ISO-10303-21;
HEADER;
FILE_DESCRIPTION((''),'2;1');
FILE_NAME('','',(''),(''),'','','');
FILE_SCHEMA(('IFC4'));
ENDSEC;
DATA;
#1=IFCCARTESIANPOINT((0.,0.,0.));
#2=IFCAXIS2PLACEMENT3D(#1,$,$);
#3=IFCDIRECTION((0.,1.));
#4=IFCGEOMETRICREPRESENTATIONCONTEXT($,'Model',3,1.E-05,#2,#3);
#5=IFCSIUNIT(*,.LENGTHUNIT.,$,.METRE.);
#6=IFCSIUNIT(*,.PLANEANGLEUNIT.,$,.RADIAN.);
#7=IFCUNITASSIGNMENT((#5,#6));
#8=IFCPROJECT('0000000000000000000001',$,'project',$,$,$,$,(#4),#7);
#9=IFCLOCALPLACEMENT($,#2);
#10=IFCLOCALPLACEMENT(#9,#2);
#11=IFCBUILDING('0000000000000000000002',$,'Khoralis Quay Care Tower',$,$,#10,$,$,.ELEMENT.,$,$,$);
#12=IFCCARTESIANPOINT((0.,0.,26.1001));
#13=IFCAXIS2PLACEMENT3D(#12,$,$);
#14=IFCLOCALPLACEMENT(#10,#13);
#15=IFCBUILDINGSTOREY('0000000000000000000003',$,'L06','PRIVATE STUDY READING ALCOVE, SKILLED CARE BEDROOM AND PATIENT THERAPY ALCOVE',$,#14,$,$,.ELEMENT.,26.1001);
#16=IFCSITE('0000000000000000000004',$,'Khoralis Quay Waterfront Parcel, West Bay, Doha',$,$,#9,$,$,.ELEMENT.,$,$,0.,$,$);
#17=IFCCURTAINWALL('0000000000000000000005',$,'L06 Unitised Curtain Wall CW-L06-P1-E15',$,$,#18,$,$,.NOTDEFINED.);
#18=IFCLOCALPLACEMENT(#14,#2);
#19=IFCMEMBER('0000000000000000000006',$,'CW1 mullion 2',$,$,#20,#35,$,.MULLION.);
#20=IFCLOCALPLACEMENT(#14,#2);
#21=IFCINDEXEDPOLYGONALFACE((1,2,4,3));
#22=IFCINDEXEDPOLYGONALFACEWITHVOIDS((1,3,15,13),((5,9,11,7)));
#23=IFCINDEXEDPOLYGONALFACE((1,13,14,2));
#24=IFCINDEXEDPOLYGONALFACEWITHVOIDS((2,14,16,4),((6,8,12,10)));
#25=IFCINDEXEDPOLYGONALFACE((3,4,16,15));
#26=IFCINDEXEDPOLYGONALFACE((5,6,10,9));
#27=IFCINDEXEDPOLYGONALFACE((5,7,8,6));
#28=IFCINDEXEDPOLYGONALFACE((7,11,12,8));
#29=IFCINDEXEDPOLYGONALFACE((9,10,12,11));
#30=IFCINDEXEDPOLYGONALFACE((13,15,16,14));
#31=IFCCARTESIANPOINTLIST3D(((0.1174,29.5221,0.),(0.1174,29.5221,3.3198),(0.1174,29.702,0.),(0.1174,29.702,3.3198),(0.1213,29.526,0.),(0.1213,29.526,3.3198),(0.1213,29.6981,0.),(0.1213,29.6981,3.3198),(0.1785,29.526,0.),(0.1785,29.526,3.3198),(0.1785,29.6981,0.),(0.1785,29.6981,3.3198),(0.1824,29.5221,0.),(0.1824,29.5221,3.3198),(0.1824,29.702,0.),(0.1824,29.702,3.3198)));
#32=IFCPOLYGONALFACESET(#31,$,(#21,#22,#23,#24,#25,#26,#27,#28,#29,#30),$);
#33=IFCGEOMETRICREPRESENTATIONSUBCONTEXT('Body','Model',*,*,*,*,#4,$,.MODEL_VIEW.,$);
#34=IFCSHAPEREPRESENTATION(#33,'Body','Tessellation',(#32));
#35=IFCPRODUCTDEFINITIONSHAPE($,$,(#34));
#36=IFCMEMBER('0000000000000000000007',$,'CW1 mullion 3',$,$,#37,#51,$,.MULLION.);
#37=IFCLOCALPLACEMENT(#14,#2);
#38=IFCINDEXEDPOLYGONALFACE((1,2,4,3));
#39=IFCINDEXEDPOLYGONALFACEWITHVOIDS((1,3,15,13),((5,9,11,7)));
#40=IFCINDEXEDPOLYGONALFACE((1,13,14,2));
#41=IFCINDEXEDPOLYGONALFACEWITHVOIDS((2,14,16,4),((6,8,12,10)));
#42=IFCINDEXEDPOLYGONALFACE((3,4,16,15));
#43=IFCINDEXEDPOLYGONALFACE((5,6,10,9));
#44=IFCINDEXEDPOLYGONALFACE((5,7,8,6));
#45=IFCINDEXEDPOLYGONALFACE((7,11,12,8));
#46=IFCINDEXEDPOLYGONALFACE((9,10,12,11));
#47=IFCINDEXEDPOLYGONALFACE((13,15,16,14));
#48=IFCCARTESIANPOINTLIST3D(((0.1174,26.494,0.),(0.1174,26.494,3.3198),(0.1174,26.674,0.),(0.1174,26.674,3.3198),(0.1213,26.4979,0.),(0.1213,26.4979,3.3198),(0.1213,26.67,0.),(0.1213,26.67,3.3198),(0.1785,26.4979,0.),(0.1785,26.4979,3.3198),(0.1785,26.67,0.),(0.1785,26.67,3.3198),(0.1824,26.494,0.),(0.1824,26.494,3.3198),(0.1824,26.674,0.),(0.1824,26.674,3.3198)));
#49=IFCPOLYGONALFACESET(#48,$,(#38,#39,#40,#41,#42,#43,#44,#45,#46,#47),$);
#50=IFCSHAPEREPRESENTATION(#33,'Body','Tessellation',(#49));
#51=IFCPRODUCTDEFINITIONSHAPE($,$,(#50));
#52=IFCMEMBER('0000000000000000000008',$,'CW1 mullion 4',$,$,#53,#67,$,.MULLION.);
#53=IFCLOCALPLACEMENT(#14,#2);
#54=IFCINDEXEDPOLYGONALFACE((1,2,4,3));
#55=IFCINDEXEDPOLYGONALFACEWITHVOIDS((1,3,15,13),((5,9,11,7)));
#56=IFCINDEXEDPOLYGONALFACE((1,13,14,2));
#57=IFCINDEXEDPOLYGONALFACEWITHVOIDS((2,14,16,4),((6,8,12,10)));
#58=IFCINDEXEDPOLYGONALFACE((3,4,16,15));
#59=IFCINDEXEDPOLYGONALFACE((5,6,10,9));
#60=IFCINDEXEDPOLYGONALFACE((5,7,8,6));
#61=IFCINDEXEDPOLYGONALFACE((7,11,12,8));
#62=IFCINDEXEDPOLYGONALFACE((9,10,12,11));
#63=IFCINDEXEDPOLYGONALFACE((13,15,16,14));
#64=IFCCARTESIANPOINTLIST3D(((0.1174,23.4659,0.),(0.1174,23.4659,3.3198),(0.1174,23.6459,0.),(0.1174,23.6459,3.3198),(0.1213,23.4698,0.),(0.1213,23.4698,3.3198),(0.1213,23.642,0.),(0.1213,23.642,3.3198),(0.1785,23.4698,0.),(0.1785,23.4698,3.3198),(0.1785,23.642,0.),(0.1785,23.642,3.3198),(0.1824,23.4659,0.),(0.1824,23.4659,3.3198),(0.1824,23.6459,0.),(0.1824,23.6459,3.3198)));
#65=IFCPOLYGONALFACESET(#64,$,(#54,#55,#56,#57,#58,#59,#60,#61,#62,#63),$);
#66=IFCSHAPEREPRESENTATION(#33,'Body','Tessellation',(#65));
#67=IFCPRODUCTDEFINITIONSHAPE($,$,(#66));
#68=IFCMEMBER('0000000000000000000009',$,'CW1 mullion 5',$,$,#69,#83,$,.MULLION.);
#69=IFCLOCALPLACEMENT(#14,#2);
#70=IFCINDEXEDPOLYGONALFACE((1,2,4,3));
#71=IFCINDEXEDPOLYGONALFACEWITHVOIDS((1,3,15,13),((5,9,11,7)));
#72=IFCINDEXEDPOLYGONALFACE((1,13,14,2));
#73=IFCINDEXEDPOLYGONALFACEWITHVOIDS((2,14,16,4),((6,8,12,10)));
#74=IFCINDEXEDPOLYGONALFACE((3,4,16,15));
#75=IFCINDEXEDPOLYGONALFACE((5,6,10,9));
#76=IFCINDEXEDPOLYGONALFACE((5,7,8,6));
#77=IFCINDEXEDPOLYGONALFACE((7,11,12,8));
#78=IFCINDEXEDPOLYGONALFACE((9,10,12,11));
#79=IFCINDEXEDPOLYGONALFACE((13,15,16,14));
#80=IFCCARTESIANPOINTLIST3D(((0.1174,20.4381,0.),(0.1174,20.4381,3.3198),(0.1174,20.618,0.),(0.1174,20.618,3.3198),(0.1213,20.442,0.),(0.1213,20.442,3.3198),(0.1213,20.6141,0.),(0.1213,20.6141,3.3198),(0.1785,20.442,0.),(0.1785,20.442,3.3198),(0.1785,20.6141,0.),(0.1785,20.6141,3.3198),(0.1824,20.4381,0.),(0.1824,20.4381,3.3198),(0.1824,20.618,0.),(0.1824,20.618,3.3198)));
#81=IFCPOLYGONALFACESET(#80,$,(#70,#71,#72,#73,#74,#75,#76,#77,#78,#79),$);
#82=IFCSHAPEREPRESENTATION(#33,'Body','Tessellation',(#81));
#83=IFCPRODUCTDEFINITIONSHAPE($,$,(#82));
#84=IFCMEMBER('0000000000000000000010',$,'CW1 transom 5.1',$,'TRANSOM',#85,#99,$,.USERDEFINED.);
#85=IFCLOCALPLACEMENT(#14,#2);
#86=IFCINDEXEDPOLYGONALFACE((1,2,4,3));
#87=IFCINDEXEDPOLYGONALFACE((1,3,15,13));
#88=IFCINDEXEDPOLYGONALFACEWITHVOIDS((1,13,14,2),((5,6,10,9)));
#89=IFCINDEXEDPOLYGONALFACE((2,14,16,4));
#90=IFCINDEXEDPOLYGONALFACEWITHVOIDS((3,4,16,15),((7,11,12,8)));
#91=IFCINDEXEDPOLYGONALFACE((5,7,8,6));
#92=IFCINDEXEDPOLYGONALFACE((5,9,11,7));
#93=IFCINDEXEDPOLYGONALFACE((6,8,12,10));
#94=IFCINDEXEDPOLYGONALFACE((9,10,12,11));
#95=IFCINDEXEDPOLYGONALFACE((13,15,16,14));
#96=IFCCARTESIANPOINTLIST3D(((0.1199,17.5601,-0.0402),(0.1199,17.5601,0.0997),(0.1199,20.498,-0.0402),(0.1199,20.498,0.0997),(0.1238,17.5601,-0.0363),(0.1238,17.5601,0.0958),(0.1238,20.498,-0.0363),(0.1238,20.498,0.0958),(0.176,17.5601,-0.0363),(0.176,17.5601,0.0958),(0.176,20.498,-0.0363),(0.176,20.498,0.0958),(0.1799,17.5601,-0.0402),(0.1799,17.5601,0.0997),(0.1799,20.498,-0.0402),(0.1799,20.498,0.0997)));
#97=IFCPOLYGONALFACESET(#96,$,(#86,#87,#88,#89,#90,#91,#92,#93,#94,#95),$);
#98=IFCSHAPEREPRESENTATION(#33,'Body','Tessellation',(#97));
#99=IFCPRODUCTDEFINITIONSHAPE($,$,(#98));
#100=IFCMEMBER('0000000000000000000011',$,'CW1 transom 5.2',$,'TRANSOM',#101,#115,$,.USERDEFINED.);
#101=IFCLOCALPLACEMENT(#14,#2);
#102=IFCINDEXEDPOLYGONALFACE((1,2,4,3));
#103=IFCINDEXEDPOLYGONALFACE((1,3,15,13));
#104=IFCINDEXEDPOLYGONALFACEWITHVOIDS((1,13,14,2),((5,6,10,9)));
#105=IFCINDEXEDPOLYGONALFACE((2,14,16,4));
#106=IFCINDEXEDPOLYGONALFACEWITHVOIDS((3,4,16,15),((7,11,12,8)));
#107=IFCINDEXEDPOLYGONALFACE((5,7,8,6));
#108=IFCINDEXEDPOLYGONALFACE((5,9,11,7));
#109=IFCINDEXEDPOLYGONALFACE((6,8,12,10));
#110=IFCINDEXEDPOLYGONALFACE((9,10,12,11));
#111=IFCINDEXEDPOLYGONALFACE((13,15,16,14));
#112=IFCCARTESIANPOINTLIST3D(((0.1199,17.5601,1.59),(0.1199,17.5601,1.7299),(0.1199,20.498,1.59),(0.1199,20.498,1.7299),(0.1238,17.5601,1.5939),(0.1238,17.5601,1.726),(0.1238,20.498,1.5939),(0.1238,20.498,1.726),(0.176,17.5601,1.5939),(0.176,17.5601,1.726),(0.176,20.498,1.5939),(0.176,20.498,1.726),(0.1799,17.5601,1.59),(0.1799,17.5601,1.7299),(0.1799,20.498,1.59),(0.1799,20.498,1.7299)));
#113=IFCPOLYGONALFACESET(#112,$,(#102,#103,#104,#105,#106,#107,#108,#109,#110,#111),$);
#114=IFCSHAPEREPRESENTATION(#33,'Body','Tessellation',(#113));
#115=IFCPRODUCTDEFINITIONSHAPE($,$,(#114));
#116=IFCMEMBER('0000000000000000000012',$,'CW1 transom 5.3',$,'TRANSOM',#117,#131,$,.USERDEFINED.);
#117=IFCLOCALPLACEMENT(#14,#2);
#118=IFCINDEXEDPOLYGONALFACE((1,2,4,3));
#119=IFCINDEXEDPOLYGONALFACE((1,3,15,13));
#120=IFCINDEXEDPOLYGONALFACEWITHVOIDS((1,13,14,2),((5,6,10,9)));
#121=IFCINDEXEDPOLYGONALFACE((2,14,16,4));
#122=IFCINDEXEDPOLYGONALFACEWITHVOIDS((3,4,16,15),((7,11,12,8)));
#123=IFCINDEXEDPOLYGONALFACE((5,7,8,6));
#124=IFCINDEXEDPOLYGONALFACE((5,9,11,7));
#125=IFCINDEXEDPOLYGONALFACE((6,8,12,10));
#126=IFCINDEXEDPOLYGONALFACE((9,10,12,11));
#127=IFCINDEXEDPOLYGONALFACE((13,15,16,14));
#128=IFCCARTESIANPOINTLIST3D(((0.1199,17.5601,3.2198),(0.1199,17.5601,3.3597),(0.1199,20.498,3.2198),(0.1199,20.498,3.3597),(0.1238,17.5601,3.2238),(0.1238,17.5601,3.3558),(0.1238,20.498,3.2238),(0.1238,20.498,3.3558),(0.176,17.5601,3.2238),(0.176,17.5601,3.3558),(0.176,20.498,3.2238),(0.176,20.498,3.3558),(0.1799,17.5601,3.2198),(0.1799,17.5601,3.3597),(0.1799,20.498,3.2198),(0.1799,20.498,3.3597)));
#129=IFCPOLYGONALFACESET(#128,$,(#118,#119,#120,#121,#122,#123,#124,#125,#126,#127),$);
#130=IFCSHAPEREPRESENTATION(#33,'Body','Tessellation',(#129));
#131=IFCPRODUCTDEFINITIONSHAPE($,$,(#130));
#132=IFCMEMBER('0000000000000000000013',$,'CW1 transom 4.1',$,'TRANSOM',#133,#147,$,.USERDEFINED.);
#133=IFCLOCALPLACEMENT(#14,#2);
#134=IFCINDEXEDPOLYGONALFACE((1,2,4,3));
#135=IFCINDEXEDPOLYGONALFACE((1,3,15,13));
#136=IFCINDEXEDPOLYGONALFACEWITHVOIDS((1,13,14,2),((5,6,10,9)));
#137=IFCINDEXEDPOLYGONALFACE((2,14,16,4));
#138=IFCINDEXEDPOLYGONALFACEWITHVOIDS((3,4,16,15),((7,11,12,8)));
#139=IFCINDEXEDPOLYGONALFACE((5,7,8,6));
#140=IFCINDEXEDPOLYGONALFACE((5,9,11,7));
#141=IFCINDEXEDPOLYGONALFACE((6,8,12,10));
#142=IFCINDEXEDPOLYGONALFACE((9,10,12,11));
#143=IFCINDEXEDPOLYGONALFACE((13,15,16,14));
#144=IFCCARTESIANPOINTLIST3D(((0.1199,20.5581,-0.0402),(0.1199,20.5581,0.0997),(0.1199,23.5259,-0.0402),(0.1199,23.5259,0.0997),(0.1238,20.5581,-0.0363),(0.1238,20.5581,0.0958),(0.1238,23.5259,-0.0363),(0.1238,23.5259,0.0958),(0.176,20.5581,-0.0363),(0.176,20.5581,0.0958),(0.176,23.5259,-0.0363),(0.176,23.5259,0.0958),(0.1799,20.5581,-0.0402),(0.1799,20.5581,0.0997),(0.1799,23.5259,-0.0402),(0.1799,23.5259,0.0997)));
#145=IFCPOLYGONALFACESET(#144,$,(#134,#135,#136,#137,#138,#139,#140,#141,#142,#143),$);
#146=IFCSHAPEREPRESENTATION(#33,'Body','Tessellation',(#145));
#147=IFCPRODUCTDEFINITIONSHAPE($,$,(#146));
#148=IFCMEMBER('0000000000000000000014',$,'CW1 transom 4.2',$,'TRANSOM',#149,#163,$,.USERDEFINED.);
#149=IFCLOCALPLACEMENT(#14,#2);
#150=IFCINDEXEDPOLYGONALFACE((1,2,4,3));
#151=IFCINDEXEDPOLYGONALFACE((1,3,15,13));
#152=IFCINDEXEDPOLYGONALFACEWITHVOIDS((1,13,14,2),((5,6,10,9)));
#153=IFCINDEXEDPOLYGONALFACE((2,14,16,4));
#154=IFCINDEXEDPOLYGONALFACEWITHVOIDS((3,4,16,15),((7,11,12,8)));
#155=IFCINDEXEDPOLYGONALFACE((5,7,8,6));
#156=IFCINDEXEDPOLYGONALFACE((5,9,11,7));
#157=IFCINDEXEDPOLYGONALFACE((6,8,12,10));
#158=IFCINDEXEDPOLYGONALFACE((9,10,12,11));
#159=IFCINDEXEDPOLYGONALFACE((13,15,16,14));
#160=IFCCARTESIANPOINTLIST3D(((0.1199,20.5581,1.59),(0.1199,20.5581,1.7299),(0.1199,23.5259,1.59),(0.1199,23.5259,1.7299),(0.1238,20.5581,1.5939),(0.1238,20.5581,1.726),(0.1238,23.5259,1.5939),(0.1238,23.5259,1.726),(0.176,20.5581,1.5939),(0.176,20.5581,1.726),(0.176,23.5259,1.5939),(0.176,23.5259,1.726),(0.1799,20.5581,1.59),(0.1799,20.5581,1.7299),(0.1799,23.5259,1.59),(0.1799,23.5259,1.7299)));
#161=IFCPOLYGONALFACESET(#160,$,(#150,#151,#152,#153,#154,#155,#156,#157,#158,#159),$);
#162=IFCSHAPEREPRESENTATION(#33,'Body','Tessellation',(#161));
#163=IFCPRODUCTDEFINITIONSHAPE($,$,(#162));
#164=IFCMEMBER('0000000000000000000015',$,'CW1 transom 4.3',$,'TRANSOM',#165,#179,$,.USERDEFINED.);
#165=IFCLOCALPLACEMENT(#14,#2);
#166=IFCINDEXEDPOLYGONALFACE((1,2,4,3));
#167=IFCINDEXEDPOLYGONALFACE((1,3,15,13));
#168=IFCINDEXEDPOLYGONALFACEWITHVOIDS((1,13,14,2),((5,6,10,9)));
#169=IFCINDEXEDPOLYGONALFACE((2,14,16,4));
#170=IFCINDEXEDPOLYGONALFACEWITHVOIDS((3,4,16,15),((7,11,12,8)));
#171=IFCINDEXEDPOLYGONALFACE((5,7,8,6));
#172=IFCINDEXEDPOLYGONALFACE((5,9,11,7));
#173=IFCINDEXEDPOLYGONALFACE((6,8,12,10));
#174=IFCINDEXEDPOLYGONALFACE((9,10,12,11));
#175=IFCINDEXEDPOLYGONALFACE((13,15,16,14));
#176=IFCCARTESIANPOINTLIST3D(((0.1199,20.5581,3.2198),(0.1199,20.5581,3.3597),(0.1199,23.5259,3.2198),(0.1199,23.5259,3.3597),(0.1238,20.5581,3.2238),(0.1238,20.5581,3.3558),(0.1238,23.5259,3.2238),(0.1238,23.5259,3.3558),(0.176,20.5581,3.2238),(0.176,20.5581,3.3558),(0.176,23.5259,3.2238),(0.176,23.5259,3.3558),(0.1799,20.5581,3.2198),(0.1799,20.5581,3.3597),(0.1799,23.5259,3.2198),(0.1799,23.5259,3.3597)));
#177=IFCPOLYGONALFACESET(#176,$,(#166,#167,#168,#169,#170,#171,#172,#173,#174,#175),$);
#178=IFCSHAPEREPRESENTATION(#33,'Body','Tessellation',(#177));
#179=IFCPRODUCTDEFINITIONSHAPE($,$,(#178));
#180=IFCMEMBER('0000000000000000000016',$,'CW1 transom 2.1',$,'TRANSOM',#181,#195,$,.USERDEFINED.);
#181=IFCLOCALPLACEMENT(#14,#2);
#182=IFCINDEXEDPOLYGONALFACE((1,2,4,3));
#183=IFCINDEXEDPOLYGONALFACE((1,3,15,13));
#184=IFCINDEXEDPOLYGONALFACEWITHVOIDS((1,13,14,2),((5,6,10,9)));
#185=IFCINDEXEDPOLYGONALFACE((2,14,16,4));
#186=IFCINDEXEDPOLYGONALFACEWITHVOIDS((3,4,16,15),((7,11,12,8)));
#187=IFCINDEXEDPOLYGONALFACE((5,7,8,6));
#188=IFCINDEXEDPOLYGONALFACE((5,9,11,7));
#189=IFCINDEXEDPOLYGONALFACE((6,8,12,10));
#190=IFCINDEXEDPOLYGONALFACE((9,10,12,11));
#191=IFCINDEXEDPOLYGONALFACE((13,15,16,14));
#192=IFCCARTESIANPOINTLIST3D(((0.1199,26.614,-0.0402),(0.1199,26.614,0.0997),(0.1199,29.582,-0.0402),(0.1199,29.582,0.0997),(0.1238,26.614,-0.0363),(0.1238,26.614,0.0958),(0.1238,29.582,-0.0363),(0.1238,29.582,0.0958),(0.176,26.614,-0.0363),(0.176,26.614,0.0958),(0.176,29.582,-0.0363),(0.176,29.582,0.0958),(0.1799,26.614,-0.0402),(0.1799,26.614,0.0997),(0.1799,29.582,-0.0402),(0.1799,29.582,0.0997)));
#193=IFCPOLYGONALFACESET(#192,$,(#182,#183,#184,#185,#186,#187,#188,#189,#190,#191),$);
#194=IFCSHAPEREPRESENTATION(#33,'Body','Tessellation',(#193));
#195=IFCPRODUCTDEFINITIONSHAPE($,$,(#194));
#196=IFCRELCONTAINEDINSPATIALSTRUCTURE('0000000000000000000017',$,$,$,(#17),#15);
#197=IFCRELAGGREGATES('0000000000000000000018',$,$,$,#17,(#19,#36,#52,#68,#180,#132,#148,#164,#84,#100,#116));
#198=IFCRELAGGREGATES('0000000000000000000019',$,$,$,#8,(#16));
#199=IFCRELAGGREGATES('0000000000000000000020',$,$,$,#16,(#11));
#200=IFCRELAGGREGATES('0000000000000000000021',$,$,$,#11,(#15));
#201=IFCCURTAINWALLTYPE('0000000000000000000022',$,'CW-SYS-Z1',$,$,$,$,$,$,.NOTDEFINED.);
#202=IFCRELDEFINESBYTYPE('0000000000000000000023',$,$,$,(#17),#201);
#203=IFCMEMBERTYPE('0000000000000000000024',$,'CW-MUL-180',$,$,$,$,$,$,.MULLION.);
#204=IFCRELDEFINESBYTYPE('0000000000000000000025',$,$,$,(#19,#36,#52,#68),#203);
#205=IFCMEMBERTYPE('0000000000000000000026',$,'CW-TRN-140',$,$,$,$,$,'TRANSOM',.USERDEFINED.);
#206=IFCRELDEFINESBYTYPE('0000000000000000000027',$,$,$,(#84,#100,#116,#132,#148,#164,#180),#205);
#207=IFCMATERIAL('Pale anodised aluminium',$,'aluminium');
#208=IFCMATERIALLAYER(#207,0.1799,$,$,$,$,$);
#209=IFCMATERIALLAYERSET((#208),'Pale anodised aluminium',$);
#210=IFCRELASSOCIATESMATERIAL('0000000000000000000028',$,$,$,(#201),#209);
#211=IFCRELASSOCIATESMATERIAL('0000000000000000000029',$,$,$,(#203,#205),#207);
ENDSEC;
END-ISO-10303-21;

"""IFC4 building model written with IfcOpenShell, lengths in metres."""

from ifc_helpers import new_model, si_unit, direction, frame, origin, origin_2d, place, context, subcontext, project, spatial, hollow_rectangle, extrude, source, transform, mapped, material, layer, layer_set, material_profile, profile_set, type_object, element, aggregate, save


model = new_model("IFC4")

# Units and contexts
model_context = context("Model", 3, precision=1e-05, world=origin(), true_north=direction((0.0, 1.0)))
body_context = subcontext(model_context, "Body", "Model", "MODEL_VIEW")
ifc_project = project(units=[si_unit("LENGTHUNIT", "METRE"), si_unit("PLANEANGLEUNIT", "RADIAN")], contexts=[model_context])

# Site, building, storey
site_placement = place(None, origin())
site = spatial("IfcSite", under=ifc_project, at=site_placement, Name="Khoralis Quay Waterfront Parcel, West Bay, Doha", CompositionType="ELEMENT", RefElevation=0.0)
building_placement = place(site_placement, origin())
building = spatial("IfcBuilding", under=site, at=building_placement, Name="Khoralis Quay Care Tower", CompositionType="ELEMENT")
storey_placement = place(building_placement, frame((0.0, 0.0, 26.1001)))
storey = spatial("IfcBuildingStorey", under=building, at=storey_placement, Name="L06", Description="PRIVATE STUDY READING ALCOVE, SKILLED CARE BEDROOM AND PATIENT THERAPY ALCOVE", CompositionType="ELEMENT", Elevation=26.1001)

# Curtain wall, members
ifc_material_1 = material(Name="Pale anodised aluminium", Category="aluminium")
ifc_layer_1 = layer(ifc_material_1, 0.1799)
ifc_layer_set_1 = layer_set([ifc_layer_1], Name="Pale anodised aluminium")
curtain_wall_type = type_object("IfcCurtainWallType", Name="CW-SYS-Z1", PredefinedType="NOTDEFINED", material=ifc_layer_set_1)
curtain_wall_placement = place(storey_placement, origin())
curtain_wall = element("IfcCurtainWall", 1, at=curtain_wall_placement, inside=storey, type_object=curtain_wall_type, Name="L06 Unitised Curtain Wall CW-L06-P1-E15", PredefinedType="NOTDEFINED")
ifc_material_profile_1 = material_profile(ifc_material_1, hollow_rectangle(XDim=0.0649, YDim=0.1799, WallThickness=0.0039, at=origin_2d()), Name="Pale anodised aluminium")
ifc_profile_set_1 = profile_set([ifc_material_profile_1], Name="Pale anodised aluminium")
member_type_1 = type_object("IfcMemberType", Name="CW-MUL-180", PredefinedType="MULLION", material=ifc_profile_set_1)
shared_shape_1 = source(origin(), body_context, "Body", "SweptSolid", [
    extrude(hollow_rectangle(XDim=0.0649, YDim=0.1799, WallThickness=0.0039, at=origin_2d()), origin(), (0.0, 0.0, 1.0), 3.3198),
])
member_1_placement = place(storey_placement, frame((0.1499, 29.6121, 0.0), z_axis=(0.0, 0.0, 1.0), x_axis=(1.0, 0.0, 0.0)))
member_1 = element("IfcMember", 2, at=member_1_placement, type_object=member_type_1, Name="CW1 mullion 2", PredefinedType="MULLION", context=body_context, shape_type="MappedRepresentation", body=[
    mapped(shared_shape_1, transform((0.0, 0.0, 0.0), scale=1.0)),
])
member_2_placement = place(storey_placement, frame((0.1499, 26.584, 0.0), z_axis=(0.0, 0.0, 1.0), x_axis=(1.0, 0.0, 0.0)))
member_2 = element("IfcMember", 3, at=member_2_placement, type_object=member_type_1, Name="CW1 mullion 3", PredefinedType="MULLION", context=body_context, shape_type="MappedRepresentation", body=[
    mapped(shared_shape_1, transform((0.0, 0.0, 0.0), scale=1.0)),
])
member_3_placement = place(storey_placement, frame((0.1499, 23.5559, 0.0), z_axis=(0.0, 0.0, 1.0), x_axis=(1.0, 0.0, 0.0)))
member_3 = element("IfcMember", 4, at=member_3_placement, type_object=member_type_1, Name="CW1 mullion 4", PredefinedType="MULLION", context=body_context, shape_type="MappedRepresentation", body=[
    mapped(shared_shape_1, transform((0.0, 0.0, 0.0), scale=1.0)),
])
member_4_placement = place(storey_placement, frame((0.1499, 20.5281, 0.0), z_axis=(0.0, 0.0, 1.0), x_axis=(1.0, 0.0, 0.0)))
member_4 = element("IfcMember", 5, at=member_4_placement, type_object=member_type_1, Name="CW1 mullion 5", PredefinedType="MULLION", context=body_context, shape_type="MappedRepresentation", body=[
    mapped(shared_shape_1, transform((0.0, 0.0, 0.0), scale=1.0)),
])
ifc_material_profile_2 = material_profile(ifc_material_1, hollow_rectangle(XDim=0.0601, YDim=0.1399, WallThickness=0.0039, at=origin_2d()), Name="Pale anodised aluminium")
ifc_profile_set_2 = profile_set([ifc_material_profile_2], Name="Pale anodised aluminium")
member_type_2 = type_object("IfcMemberType", Name="CW-TRN-140", ElementType="TRANSOM", PredefinedType="USERDEFINED", material=ifc_profile_set_2)
shared_shape_2 = source(origin(), body_context, "Body", "SweptSolid", [
    extrude(hollow_rectangle(XDim=0.0601, YDim=0.1399, WallThickness=0.0039, at=origin_2d()), origin(), (0.0, 0.0, 1.0), 2.938),
])
member_5_placement = place(storey_placement, frame((0.1499, 20.498, 0.0298), z_axis=(0.0, -1.0, 0.0), x_axis=(1.0, 0.0, 0.0)))
member_5 = element("IfcMember", 6, at=member_5_placement, type_object=member_type_2, Name="CW1 transom 5.1", ObjectType="TRANSOM", PredefinedType="USERDEFINED", context=body_context, shape_type="MappedRepresentation", body=[
    mapped(shared_shape_2, transform((0.0, 0.0, 0.0), scale=1.0)),
])
member_6_placement = place(storey_placement, frame((0.1499, 20.498, 1.6599), z_axis=(0.0, -1.0, 0.0), x_axis=(1.0, 0.0, 0.0)))
member_6 = element("IfcMember", 7, at=member_6_placement, type_object=member_type_2, Name="CW1 transom 5.2", ObjectType="TRANSOM", PredefinedType="USERDEFINED", context=body_context, shape_type="MappedRepresentation", body=[
    mapped(shared_shape_2, transform((0.0, 0.0, 0.0), scale=1.0)),
])
member_7_placement = place(storey_placement, frame((0.1499, 20.498, 3.2898), z_axis=(0.0, -1.0, 0.0), x_axis=(1.0, 0.0, 0.0)))
member_7 = element("IfcMember", 8, at=member_7_placement, type_object=member_type_2, Name="CW1 transom 5.3", ObjectType="TRANSOM", PredefinedType="USERDEFINED", context=body_context, shape_type="MappedRepresentation", body=[
    mapped(shared_shape_2, transform((0.0, 0.0, 0.0), scale=1.0)),
])
shared_shape_3 = source(origin(), body_context, "Body", "SweptSolid", [
    extrude(hollow_rectangle(XDim=0.0601, YDim=0.1399, WallThickness=0.0039, at=origin_2d()), origin(), (0.0, 0.0, 1.0), 2.9678),
])
member_8_placement = place(storey_placement, frame((0.1499, 23.5259, 0.0298), z_axis=(0.0, -1.0, 0.0), x_axis=(1.0, 0.0, 0.0)))
member_8 = element("IfcMember", 9, at=member_8_placement, type_object=member_type_2, Name="CW1 transom 4.1", ObjectType="TRANSOM", PredefinedType="USERDEFINED", context=body_context, shape_type="MappedRepresentation", body=[
    mapped(shared_shape_3, transform((0.0, 0.0, 0.0), scale=1.0)),
])
member_9_placement = place(storey_placement, frame((0.1499, 23.5259, 1.6599), z_axis=(0.0, -1.0, 0.0), x_axis=(1.0, 0.0, 0.0)))
member_9 = element("IfcMember", 10, at=member_9_placement, type_object=member_type_2, Name="CW1 transom 4.2", ObjectType="TRANSOM", PredefinedType="USERDEFINED", context=body_context, shape_type="MappedRepresentation", body=[
    mapped(shared_shape_3, transform((0.0, 0.0, 0.0), scale=1.0)),
])
member_10_placement = place(storey_placement, frame((0.1499, 23.5259, 3.2898), z_axis=(0.0, -1.0, 0.0), x_axis=(1.0, 0.0, 0.0)))
member_10 = element("IfcMember", 11, at=member_10_placement, type_object=member_type_2, Name="CW1 transom 4.3", ObjectType="TRANSOM", PredefinedType="USERDEFINED", context=body_context, shape_type="MappedRepresentation", body=[
    mapped(shared_shape_3, transform((0.0, 0.0, 0.0), scale=1.0)),
])
shared_shape_4 = source(origin(), body_context, "Body", "SweptSolid", [
    extrude(hollow_rectangle(XDim=0.0601, YDim=0.1399, WallThickness=0.0039, at=origin_2d()), origin(), (0.0, 0.0, 1.0), 2.968),
])
member_11_placement = place(storey_placement, frame((0.1499, 29.582, 0.0298), z_axis=(0.0, -1.0, 0.0), x_axis=(1.0, 0.0, 0.0)))
member_11 = element("IfcMember", 12, at=member_11_placement, type_object=member_type_2, Name="CW1 transom 2.1", ObjectType="TRANSOM", PredefinedType="USERDEFINED", context=body_context, shape_type="MappedRepresentation", body=[
    mapped(shared_shape_4, transform((0.0, 0.0, 0.0), scale=1.0)),
])
aggregate(curtain_wall, [member_1, member_2, member_3, member_4, member_11, member_8, member_9, member_10, member_5, member_6, member_7])

save(model, "model.ifc")
